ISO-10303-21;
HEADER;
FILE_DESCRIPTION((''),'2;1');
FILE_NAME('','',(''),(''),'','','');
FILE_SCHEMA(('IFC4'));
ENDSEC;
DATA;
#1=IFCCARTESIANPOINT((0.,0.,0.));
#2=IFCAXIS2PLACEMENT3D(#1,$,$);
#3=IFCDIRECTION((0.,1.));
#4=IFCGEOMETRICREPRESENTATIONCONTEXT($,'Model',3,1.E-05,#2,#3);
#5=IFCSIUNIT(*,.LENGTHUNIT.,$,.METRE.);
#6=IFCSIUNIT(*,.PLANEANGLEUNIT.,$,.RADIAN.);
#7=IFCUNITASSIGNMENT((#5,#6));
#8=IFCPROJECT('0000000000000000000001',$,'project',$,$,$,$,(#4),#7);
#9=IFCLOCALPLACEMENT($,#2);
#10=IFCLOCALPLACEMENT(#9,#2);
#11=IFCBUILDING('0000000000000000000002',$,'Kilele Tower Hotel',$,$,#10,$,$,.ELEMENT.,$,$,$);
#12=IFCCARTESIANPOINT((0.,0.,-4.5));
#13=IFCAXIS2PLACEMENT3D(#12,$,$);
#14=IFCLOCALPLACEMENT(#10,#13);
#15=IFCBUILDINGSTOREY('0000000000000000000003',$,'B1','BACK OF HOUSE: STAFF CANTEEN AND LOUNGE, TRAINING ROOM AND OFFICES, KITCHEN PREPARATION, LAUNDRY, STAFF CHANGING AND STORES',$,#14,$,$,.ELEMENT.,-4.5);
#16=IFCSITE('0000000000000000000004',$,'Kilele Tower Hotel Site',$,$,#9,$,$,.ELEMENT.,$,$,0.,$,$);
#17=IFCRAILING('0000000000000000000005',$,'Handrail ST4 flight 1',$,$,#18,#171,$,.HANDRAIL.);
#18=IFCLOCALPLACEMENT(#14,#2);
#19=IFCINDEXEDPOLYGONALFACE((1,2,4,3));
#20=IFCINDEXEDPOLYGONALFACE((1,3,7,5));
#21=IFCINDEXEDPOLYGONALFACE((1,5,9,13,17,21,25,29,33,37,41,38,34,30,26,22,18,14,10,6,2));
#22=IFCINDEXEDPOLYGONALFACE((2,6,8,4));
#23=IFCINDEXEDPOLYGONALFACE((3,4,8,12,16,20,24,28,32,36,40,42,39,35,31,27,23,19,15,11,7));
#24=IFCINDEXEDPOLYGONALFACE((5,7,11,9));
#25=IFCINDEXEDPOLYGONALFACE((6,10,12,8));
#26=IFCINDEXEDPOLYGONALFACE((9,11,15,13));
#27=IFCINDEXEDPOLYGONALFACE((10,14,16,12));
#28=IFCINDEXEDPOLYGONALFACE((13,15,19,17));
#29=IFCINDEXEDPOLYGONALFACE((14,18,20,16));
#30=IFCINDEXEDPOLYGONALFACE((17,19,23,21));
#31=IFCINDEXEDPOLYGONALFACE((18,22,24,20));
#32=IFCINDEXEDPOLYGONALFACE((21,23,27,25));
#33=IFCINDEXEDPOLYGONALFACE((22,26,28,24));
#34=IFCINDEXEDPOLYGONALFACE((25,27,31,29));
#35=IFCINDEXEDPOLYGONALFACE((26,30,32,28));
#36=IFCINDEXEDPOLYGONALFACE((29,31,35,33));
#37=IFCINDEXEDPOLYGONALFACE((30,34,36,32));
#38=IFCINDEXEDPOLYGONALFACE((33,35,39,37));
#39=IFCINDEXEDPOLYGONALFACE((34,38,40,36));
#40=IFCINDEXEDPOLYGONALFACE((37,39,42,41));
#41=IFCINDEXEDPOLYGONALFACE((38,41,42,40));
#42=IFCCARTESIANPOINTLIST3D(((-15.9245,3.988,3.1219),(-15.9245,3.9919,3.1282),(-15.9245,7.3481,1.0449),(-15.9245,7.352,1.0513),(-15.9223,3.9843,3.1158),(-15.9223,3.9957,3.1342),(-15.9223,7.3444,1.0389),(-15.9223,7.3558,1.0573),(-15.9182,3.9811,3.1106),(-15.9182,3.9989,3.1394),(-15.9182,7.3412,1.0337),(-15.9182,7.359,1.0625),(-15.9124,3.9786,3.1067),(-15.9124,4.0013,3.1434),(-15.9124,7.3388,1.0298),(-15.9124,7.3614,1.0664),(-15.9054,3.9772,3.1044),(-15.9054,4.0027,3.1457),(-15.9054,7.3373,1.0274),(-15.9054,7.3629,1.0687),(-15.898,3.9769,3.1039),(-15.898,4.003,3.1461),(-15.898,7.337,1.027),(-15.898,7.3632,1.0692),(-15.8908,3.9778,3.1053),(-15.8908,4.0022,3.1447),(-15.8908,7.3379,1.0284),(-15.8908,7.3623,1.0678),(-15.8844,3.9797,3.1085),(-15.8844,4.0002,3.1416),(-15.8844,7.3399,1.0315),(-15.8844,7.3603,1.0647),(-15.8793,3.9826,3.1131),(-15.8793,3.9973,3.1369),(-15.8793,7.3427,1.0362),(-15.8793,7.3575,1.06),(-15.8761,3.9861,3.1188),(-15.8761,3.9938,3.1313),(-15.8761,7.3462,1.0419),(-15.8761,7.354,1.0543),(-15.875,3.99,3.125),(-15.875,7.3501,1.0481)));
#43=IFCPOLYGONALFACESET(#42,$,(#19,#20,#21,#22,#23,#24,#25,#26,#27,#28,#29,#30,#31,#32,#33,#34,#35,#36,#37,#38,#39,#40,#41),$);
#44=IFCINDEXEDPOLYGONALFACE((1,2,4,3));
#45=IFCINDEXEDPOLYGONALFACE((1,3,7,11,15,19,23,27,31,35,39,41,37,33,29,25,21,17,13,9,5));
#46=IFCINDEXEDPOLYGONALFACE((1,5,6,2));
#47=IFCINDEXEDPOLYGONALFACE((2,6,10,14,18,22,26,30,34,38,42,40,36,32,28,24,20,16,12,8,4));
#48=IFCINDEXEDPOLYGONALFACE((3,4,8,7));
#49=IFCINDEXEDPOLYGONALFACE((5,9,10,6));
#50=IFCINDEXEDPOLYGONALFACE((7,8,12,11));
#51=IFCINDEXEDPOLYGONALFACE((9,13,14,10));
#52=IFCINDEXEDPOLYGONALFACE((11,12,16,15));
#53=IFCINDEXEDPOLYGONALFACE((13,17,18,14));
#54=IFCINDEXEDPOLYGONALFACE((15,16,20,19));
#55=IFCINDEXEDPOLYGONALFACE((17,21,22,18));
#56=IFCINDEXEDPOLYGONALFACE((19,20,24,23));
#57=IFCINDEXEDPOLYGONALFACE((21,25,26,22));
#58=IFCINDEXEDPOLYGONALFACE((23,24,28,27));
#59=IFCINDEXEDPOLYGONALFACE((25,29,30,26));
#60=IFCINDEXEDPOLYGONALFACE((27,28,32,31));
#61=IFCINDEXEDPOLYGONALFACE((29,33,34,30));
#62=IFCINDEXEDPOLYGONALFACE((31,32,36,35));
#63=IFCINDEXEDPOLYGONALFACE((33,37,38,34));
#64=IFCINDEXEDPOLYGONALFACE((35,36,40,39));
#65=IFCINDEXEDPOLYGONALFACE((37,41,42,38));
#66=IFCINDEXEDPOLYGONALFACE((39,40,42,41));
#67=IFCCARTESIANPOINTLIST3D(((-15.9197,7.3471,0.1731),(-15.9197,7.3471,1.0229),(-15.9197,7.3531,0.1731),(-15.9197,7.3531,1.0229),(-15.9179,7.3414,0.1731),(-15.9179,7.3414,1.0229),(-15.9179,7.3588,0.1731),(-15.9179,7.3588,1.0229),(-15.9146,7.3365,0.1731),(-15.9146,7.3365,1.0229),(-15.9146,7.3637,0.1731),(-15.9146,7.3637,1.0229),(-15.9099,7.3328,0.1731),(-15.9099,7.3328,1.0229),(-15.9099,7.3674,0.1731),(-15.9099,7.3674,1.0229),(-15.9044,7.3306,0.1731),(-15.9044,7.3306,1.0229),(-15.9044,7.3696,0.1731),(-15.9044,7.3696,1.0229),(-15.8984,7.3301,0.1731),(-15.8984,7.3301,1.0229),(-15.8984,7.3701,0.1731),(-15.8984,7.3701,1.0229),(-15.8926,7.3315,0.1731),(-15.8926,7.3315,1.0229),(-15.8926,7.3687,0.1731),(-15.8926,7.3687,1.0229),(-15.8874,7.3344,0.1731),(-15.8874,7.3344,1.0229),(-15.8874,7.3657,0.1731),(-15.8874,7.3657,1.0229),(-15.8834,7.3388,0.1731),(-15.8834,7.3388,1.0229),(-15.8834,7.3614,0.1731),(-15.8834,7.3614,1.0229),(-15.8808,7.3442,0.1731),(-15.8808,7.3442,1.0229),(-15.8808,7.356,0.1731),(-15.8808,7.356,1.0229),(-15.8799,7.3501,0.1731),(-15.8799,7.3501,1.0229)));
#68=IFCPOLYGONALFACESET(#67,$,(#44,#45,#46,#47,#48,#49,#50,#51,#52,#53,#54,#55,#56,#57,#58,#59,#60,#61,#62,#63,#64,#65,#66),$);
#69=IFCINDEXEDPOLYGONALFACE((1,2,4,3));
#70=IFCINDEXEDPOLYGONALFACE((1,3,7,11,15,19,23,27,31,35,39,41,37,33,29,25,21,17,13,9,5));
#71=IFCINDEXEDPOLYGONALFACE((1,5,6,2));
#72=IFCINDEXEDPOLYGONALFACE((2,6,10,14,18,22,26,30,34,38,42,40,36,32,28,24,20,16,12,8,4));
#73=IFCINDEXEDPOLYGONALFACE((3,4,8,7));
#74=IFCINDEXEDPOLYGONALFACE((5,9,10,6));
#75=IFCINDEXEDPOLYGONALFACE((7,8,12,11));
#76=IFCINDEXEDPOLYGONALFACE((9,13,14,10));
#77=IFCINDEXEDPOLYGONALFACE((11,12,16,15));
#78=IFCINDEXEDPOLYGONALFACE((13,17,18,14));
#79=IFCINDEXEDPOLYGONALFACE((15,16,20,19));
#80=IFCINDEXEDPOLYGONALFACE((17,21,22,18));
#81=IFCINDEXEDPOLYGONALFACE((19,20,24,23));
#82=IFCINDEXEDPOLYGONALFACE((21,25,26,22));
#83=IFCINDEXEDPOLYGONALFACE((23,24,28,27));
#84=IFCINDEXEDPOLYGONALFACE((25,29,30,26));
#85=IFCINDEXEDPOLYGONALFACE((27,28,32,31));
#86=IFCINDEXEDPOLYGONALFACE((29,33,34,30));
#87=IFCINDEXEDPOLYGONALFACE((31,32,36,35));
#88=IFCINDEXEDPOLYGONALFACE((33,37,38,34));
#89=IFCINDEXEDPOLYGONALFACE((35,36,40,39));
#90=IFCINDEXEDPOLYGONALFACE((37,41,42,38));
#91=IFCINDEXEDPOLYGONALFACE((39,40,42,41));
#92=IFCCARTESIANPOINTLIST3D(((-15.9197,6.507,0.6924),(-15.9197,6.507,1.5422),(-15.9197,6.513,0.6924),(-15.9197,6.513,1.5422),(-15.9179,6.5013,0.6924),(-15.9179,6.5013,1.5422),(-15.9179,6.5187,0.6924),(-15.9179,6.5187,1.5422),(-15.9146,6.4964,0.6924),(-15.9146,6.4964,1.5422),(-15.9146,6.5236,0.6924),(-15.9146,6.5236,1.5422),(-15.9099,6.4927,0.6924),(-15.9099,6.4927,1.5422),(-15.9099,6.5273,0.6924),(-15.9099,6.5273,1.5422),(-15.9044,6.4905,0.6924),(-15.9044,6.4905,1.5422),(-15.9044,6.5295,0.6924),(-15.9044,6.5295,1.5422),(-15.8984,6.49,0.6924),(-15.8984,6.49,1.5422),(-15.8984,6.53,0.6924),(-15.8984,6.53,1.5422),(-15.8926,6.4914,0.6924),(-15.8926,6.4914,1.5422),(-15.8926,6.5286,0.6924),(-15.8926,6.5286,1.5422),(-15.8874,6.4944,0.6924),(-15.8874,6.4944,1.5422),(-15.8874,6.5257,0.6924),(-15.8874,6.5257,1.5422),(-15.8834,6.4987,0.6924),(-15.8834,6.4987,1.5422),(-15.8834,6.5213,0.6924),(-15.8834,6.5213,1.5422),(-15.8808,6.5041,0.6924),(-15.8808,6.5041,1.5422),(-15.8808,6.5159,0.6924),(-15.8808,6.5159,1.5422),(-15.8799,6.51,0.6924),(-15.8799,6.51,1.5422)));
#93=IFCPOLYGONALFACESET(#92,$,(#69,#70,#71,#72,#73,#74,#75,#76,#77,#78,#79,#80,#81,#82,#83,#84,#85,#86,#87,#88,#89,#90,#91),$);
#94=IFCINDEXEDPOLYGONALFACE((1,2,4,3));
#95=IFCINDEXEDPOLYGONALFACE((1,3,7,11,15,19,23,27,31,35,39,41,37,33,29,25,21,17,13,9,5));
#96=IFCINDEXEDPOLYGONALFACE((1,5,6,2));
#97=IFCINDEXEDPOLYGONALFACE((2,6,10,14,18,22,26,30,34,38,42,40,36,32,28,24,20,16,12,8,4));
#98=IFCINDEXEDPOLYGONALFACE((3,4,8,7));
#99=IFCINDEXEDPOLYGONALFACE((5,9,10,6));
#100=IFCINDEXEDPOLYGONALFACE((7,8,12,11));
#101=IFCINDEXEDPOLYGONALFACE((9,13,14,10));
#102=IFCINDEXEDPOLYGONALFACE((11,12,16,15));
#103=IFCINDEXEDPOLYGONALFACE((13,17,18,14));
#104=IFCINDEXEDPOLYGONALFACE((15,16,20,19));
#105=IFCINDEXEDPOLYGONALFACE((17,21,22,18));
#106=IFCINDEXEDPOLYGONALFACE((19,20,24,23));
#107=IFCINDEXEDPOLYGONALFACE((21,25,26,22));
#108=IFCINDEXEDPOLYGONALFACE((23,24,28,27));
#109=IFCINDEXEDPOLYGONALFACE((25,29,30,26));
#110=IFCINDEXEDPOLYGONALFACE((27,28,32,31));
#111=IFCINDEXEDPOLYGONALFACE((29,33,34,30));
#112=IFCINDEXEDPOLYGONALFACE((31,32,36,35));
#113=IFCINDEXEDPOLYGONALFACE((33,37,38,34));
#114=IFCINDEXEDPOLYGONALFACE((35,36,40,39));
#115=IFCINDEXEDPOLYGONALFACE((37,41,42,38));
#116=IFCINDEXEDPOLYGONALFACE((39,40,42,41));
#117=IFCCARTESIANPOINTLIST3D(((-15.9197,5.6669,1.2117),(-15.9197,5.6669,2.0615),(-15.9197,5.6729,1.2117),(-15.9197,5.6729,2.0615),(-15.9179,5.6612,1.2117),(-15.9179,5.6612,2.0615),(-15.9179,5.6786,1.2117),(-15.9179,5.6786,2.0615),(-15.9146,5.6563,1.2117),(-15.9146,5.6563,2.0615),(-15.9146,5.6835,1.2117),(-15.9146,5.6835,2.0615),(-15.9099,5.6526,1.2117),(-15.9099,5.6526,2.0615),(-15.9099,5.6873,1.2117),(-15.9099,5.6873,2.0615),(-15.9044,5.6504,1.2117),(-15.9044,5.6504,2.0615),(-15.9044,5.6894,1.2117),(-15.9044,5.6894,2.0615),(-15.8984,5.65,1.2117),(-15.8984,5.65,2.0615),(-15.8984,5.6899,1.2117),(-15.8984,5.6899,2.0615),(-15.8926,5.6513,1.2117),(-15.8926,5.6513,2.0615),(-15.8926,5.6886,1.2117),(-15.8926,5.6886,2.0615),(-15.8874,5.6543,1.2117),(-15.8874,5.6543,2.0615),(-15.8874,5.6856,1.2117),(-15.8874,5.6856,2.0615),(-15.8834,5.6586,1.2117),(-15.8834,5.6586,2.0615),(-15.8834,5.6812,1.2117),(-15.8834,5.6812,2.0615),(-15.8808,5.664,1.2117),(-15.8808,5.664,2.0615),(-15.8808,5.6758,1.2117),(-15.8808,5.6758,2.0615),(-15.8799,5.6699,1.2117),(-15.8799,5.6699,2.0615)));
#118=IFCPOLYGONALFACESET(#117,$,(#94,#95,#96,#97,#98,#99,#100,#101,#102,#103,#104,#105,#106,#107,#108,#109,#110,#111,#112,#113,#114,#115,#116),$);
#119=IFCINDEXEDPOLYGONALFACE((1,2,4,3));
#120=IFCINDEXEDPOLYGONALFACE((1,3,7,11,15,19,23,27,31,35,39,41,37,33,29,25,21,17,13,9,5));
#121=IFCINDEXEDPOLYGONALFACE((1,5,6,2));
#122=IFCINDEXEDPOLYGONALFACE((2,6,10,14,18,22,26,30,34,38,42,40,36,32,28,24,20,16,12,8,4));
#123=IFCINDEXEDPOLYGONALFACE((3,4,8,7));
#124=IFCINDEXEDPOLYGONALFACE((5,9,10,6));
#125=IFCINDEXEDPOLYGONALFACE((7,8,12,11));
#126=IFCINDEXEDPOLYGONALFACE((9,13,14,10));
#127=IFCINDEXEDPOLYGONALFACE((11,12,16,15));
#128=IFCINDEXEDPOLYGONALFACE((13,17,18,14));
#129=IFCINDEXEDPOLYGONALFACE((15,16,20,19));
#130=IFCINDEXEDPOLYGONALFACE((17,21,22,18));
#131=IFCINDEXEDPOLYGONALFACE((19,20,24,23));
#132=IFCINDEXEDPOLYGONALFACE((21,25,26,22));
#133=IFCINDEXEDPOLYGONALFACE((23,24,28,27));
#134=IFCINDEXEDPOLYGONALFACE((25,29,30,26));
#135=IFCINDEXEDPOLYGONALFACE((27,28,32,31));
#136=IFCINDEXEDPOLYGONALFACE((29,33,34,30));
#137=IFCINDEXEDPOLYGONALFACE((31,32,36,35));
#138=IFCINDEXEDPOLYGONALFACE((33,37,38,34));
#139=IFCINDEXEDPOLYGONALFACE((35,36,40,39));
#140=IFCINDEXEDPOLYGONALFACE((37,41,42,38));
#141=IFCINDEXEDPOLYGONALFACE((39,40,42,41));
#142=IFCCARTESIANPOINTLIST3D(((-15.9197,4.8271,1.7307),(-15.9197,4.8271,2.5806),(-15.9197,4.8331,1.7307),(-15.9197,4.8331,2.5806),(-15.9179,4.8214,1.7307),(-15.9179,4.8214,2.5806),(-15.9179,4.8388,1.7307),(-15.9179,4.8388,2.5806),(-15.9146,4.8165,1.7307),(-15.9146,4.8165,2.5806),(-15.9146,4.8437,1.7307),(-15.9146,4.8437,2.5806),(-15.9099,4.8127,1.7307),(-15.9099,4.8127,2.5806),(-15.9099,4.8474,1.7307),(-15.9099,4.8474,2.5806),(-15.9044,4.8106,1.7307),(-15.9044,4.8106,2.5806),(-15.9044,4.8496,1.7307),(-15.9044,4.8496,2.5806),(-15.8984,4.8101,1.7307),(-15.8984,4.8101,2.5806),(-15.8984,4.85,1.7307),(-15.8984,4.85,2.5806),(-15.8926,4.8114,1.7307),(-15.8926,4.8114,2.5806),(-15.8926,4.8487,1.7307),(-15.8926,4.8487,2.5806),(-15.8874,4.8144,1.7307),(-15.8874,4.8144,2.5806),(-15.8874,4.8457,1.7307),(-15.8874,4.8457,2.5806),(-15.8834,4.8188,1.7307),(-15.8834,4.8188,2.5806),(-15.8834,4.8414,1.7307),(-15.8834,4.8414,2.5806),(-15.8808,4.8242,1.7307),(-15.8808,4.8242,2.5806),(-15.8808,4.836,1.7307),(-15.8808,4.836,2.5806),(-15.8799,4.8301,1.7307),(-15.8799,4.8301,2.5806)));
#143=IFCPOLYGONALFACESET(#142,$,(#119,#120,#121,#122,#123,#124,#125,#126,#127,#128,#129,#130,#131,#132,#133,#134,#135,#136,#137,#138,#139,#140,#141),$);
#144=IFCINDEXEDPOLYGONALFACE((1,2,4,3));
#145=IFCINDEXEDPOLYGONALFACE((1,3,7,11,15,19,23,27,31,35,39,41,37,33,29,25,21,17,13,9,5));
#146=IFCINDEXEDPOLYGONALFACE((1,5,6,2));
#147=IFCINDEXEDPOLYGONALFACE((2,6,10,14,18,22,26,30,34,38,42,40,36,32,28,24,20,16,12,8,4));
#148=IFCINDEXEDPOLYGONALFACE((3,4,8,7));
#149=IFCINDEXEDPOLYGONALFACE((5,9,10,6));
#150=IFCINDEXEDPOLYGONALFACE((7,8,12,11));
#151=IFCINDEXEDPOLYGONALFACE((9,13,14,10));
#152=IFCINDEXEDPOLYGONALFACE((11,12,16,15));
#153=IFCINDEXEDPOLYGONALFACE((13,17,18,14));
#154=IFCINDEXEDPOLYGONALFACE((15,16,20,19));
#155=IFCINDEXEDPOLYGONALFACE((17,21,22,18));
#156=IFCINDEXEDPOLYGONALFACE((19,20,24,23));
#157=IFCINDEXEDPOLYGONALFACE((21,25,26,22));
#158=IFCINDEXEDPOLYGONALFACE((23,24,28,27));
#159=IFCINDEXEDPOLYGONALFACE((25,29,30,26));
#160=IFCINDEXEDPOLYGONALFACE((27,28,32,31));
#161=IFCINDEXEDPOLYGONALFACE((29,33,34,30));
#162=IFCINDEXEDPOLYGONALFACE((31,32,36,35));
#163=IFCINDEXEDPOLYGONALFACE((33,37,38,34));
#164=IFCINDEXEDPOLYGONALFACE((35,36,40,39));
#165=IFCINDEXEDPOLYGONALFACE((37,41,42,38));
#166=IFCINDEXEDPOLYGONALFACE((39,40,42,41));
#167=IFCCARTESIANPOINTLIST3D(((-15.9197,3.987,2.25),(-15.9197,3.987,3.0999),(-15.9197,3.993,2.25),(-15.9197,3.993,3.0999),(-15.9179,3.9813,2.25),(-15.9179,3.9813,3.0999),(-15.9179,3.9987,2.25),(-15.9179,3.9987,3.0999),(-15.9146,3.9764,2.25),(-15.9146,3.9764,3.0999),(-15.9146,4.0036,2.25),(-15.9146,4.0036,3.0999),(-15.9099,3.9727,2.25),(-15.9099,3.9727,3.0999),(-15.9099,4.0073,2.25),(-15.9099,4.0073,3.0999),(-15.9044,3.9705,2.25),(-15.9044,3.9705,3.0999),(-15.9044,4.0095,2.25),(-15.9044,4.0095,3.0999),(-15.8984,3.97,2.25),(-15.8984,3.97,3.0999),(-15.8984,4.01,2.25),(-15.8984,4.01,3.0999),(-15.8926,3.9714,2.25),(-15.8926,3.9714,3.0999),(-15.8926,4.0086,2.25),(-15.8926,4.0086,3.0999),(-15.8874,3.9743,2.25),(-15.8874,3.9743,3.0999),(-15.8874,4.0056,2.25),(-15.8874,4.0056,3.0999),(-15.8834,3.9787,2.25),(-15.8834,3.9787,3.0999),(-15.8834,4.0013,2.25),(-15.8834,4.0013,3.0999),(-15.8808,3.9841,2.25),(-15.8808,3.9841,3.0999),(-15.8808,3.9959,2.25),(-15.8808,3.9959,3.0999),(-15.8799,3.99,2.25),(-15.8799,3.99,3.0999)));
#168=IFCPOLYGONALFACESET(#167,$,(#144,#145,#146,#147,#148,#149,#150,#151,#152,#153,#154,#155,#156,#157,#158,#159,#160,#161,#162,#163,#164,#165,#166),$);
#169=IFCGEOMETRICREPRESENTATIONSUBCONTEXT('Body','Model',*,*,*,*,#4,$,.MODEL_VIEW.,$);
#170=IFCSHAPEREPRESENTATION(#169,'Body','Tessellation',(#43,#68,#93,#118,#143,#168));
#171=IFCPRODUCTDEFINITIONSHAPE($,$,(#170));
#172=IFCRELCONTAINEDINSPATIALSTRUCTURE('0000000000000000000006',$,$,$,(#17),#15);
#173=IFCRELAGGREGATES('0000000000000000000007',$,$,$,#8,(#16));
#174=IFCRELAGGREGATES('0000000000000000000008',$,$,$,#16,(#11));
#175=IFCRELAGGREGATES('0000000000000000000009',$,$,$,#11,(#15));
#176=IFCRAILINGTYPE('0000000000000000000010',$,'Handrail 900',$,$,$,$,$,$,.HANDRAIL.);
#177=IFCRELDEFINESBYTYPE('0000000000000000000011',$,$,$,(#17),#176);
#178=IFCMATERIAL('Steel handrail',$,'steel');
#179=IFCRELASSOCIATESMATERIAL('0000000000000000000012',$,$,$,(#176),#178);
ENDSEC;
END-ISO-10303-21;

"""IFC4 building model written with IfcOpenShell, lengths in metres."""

from ifc_helpers import new_model, si_unit, direction, frame, origin, origin_2d, place, context, subcontext, project, spatial, circle, extrude, material, type_object, element, save


model = new_model("IFC4")

# Units and contexts
model_context = context("Model", 3, precision=1e-05, world=origin(), true_north=direction((0.0, 1.0)))
body_context = subcontext(model_context, "Body", "Model", "MODEL_VIEW")
ifc_project = project(units=[si_unit("LENGTHUNIT", "METRE"), si_unit("PLANEANGLEUNIT", "RADIAN")], contexts=[model_context])

# Site, building, storey
site_placement = place(None, origin())
site = spatial("IfcSite", under=ifc_project, at=site_placement, Name="Kilele Tower Hotel Site", CompositionType="ELEMENT", RefElevation=0.0)
building_placement = place(site_placement, origin())
building = spatial("IfcBuilding", under=site, at=building_placement, Name="Kilele Tower Hotel", CompositionType="ELEMENT")
storey_placement = place(building_placement, frame((0.0, 0.0, -4.5)))
storey = spatial("IfcBuildingStorey", under=building, at=storey_placement, Name="B1", Description="BACK OF HOUSE: STAFF CANTEEN AND LOUNGE, TRAINING ROOM AND OFFICES, KITCHEN PREPARATION, LAUNDRY, STAFF CHANGING AND STORES", CompositionType="ELEMENT", Elevation=-4.5)

# Railing
ifc_material_1 = material(Name="Steel handrail", Category="steel")
railing_type_1 = type_object("IfcRailingType", Name="Handrail 900", PredefinedType="HANDRAIL", material=ifc_material_1)
railing_1_placement = place(storey_placement, frame((-15.8999, 7.3501, 0.1731)))
element("IfcRailing", 1, at=railing_1_placement, inside=storey, type_object=railing_type_1, Name="Handrail ST4 flight 1", PredefinedType="HANDRAIL", context=body_context, shape_type="SweptSolid", body=[
    extrude(circle(Radius=0.0249, at=origin_2d()), frame((0.0, 0.0, 0.875), z_axis=(0.0, -0.850623, 0.525776), x_axis=(1.0, 0.0, 0.0)), (0.0, 0.0, 1.0), 3.9502),
    extrude(circle(Radius=0.02, at=origin_2d()), origin(), (0.0, 0.0, 1.0), 0.8499),
    extrude(circle(Radius=0.02, at=origin_2d()), frame((0.0, -0.8401, 0.5193)), (0.0, 0.0, 1.0), 0.8499),
    extrude(circle(Radius=0.02, at=origin_2d()), frame((0.0, -1.6802, 1.0386)), (0.0, 0.0, 1.0), 0.8499),
    extrude(circle(Radius=0.02, at=origin_2d()), frame((0.0, -2.52, 1.5576)), (0.0, 0.0, 1.0), 0.8499),
    extrude(circle(Radius=0.02, at=origin_2d()), frame((0.0, -3.3601, 2.0769)), (0.0, 0.0, 1.0), 0.8499),
])

save(model, "model.ifc")
